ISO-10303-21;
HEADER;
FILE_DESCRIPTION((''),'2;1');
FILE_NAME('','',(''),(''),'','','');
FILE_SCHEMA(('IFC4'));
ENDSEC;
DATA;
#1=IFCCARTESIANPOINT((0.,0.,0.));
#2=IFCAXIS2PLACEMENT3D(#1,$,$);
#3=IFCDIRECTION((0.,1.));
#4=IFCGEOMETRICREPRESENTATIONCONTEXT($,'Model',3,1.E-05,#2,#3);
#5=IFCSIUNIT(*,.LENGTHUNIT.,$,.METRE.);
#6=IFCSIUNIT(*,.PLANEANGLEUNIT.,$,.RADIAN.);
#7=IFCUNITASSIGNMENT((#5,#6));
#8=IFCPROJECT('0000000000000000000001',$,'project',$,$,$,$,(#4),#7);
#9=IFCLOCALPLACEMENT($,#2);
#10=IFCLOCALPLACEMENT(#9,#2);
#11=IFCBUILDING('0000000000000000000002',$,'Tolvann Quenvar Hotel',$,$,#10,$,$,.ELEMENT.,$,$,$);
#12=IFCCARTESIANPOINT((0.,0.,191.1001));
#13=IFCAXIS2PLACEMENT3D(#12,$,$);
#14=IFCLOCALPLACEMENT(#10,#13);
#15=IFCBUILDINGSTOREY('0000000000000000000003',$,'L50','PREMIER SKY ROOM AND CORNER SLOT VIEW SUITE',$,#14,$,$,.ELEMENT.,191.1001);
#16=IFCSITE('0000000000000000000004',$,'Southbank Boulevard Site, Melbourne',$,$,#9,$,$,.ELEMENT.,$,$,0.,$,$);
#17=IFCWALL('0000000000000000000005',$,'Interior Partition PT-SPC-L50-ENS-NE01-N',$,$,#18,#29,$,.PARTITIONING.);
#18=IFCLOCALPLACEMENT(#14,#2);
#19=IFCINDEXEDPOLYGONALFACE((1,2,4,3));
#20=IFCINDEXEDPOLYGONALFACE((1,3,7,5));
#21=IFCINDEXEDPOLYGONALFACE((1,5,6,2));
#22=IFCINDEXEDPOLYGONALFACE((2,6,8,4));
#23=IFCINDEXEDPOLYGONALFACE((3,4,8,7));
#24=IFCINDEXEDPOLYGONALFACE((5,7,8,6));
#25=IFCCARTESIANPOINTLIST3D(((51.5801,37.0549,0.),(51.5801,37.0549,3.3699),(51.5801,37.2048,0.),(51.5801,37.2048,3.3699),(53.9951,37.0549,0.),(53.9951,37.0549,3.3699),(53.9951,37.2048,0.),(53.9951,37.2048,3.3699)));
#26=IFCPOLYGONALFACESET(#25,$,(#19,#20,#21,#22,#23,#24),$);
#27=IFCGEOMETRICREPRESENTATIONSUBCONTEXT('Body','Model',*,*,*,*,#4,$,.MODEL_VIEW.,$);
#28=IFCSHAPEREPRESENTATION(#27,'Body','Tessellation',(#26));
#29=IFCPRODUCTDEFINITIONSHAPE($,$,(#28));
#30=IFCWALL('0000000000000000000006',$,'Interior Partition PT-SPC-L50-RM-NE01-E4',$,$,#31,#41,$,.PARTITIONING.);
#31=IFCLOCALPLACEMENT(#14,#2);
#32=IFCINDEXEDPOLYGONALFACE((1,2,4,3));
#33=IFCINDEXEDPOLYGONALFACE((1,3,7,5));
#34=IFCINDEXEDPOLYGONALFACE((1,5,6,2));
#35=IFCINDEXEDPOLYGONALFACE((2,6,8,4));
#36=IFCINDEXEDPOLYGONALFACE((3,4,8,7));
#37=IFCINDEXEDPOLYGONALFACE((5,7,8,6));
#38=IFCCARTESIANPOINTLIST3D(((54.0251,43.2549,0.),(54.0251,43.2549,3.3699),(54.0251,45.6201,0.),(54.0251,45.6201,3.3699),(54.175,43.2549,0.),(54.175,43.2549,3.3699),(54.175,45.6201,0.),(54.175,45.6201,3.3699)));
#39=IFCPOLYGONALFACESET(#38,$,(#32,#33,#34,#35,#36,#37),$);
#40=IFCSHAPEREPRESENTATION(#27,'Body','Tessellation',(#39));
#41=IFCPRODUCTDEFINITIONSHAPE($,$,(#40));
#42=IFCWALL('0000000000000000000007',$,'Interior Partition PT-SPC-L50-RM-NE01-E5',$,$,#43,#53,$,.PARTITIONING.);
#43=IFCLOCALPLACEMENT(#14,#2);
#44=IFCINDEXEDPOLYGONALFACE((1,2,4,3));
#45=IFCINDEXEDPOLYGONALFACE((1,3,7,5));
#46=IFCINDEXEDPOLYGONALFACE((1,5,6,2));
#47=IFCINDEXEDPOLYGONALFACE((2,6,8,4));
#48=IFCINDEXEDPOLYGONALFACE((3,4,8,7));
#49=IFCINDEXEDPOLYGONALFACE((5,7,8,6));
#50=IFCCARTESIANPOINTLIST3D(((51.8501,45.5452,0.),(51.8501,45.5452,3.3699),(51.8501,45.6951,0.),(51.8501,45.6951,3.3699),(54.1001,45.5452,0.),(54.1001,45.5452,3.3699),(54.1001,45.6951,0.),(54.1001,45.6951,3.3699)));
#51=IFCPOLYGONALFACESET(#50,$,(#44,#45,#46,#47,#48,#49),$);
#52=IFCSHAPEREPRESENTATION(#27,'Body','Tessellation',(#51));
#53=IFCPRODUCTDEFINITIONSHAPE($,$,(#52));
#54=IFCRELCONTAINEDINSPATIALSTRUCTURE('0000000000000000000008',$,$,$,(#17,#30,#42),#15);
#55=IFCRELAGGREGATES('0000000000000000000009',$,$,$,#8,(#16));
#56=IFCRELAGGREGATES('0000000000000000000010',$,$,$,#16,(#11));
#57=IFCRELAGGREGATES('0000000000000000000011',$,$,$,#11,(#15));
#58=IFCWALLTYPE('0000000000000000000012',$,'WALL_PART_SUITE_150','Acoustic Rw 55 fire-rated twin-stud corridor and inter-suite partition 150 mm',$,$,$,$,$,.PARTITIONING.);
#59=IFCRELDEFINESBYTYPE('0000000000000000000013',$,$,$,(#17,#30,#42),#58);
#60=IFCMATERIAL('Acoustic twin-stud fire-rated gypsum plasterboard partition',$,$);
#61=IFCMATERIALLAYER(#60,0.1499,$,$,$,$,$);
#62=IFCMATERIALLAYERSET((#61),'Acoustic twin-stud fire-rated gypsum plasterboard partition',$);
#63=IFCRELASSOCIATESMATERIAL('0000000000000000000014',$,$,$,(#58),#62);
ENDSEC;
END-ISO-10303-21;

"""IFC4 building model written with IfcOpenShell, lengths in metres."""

from ifc_helpers import new_model, si_unit, direction, frame, frame_2d, origin, place, context, subcontext, project, spatial, rectangle, extrude, material, layer, layer_set, type_object, element, save


model = new_model("IFC4")

# Units and contexts
model_context = context("Model", 3, precision=1e-05, world=origin(), true_north=direction((0.0, 1.0)))
body_context = subcontext(model_context, "Body", "Model", "MODEL_VIEW")
ifc_project = project(units=[si_unit("LENGTHUNIT", "METRE"), si_unit("PLANEANGLEUNIT", "RADIAN")], contexts=[model_context])

# Site, building, storey
site_placement = place(None, origin())
site = spatial("IfcSite", under=ifc_project, at=site_placement, Name="Southbank Boulevard Site, Melbourne", CompositionType="ELEMENT", RefElevation=0.0)
building_placement = place(site_placement, origin())
building = spatial("IfcBuilding", under=site, at=building_placement, Name="Tolvann Quenvar Hotel", CompositionType="ELEMENT")
storey_placement = place(building_placement, frame((0.0, 0.0, 191.1001)))
storey = spatial("IfcBuildingStorey", under=building, at=storey_placement, Name="L50", Description="PREMIER SKY ROOM AND CORNER SLOT VIEW SUITE", CompositionType="ELEMENT", Elevation=191.1001)

# Shared definitions
ifc_material_1 = material(Name="Acoustic twin-stud fire-rated gypsum plasterboard partition")
ifc_layer_1 = layer(ifc_material_1, 0.1499)
ifc_layer_set_1 = layer_set([ifc_layer_1], Name="Acoustic twin-stud fire-rated gypsum plasterboard partition")
wall_type_1 = type_object("IfcWallType", Name="WALL_PART_SUITE_150", Description="Acoustic Rw 55 fire-rated twin-stud corridor and inter-suite partition 150 mm", PredefinedType="PARTITIONING", material=ifc_layer_set_1)

# Walls
wall_1_placement = place(storey_placement, frame((51.5801, 37.1299, 0.0), z_axis=(0.0, 0.0, 1.0), x_axis=(1.0, 0.0, 0.0)))
element("IfcWall", 1, at=wall_1_placement, inside=storey, type_object=wall_type_1, Name="Interior Partition PT-SPC-L50-ENS-NE01-N", PredefinedType="PARTITIONING", context=body_context, shape_type="SweptSolid", body=[
    extrude(rectangle(XDim=2.415, YDim=0.1499, at=frame_2d((1.2075, 0.0))), origin(), (0.0, 0.0, 1.0), 3.3699),
])
wall_2_placement = place(storey_placement, frame((54.1001, 43.2549, 0.0), z_axis=(0.0, 0.0, 1.0), x_axis=(0.0, 1.0, 0.0)))
element("IfcWall", 2, at=wall_2_placement, inside=storey, type_object=wall_type_1, Name="Interior Partition PT-SPC-L50-RM-NE01-E4", PredefinedType="PARTITIONING", context=body_context, shape_type="SweptSolid", body=[
    extrude(rectangle(XDim=2.3652, YDim=0.1499, at=frame_2d((1.1826, 0.0))), origin(), (0.0, 0.0, 1.0), 3.3699),
])
wall_3_placement = place(storey_placement, frame((51.8501, 45.6201, 0.0), z_axis=(0.0, 0.0, 1.0), x_axis=(1.0, 0.0, 0.0)))
element("IfcWall", 3, at=wall_3_placement, inside=storey, type_object=wall_type_1, Name="Interior Partition PT-SPC-L50-RM-NE01-E5", PredefinedType="PARTITIONING", context=body_context, shape_type="SweptSolid", body=[
    extrude(rectangle(XDim=2.25, YDim=0.1499, at=frame_2d((1.125, 0.0))), origin(), (0.0, 0.0, 1.0), 3.3699),
])

save(model, "model.ifc")
